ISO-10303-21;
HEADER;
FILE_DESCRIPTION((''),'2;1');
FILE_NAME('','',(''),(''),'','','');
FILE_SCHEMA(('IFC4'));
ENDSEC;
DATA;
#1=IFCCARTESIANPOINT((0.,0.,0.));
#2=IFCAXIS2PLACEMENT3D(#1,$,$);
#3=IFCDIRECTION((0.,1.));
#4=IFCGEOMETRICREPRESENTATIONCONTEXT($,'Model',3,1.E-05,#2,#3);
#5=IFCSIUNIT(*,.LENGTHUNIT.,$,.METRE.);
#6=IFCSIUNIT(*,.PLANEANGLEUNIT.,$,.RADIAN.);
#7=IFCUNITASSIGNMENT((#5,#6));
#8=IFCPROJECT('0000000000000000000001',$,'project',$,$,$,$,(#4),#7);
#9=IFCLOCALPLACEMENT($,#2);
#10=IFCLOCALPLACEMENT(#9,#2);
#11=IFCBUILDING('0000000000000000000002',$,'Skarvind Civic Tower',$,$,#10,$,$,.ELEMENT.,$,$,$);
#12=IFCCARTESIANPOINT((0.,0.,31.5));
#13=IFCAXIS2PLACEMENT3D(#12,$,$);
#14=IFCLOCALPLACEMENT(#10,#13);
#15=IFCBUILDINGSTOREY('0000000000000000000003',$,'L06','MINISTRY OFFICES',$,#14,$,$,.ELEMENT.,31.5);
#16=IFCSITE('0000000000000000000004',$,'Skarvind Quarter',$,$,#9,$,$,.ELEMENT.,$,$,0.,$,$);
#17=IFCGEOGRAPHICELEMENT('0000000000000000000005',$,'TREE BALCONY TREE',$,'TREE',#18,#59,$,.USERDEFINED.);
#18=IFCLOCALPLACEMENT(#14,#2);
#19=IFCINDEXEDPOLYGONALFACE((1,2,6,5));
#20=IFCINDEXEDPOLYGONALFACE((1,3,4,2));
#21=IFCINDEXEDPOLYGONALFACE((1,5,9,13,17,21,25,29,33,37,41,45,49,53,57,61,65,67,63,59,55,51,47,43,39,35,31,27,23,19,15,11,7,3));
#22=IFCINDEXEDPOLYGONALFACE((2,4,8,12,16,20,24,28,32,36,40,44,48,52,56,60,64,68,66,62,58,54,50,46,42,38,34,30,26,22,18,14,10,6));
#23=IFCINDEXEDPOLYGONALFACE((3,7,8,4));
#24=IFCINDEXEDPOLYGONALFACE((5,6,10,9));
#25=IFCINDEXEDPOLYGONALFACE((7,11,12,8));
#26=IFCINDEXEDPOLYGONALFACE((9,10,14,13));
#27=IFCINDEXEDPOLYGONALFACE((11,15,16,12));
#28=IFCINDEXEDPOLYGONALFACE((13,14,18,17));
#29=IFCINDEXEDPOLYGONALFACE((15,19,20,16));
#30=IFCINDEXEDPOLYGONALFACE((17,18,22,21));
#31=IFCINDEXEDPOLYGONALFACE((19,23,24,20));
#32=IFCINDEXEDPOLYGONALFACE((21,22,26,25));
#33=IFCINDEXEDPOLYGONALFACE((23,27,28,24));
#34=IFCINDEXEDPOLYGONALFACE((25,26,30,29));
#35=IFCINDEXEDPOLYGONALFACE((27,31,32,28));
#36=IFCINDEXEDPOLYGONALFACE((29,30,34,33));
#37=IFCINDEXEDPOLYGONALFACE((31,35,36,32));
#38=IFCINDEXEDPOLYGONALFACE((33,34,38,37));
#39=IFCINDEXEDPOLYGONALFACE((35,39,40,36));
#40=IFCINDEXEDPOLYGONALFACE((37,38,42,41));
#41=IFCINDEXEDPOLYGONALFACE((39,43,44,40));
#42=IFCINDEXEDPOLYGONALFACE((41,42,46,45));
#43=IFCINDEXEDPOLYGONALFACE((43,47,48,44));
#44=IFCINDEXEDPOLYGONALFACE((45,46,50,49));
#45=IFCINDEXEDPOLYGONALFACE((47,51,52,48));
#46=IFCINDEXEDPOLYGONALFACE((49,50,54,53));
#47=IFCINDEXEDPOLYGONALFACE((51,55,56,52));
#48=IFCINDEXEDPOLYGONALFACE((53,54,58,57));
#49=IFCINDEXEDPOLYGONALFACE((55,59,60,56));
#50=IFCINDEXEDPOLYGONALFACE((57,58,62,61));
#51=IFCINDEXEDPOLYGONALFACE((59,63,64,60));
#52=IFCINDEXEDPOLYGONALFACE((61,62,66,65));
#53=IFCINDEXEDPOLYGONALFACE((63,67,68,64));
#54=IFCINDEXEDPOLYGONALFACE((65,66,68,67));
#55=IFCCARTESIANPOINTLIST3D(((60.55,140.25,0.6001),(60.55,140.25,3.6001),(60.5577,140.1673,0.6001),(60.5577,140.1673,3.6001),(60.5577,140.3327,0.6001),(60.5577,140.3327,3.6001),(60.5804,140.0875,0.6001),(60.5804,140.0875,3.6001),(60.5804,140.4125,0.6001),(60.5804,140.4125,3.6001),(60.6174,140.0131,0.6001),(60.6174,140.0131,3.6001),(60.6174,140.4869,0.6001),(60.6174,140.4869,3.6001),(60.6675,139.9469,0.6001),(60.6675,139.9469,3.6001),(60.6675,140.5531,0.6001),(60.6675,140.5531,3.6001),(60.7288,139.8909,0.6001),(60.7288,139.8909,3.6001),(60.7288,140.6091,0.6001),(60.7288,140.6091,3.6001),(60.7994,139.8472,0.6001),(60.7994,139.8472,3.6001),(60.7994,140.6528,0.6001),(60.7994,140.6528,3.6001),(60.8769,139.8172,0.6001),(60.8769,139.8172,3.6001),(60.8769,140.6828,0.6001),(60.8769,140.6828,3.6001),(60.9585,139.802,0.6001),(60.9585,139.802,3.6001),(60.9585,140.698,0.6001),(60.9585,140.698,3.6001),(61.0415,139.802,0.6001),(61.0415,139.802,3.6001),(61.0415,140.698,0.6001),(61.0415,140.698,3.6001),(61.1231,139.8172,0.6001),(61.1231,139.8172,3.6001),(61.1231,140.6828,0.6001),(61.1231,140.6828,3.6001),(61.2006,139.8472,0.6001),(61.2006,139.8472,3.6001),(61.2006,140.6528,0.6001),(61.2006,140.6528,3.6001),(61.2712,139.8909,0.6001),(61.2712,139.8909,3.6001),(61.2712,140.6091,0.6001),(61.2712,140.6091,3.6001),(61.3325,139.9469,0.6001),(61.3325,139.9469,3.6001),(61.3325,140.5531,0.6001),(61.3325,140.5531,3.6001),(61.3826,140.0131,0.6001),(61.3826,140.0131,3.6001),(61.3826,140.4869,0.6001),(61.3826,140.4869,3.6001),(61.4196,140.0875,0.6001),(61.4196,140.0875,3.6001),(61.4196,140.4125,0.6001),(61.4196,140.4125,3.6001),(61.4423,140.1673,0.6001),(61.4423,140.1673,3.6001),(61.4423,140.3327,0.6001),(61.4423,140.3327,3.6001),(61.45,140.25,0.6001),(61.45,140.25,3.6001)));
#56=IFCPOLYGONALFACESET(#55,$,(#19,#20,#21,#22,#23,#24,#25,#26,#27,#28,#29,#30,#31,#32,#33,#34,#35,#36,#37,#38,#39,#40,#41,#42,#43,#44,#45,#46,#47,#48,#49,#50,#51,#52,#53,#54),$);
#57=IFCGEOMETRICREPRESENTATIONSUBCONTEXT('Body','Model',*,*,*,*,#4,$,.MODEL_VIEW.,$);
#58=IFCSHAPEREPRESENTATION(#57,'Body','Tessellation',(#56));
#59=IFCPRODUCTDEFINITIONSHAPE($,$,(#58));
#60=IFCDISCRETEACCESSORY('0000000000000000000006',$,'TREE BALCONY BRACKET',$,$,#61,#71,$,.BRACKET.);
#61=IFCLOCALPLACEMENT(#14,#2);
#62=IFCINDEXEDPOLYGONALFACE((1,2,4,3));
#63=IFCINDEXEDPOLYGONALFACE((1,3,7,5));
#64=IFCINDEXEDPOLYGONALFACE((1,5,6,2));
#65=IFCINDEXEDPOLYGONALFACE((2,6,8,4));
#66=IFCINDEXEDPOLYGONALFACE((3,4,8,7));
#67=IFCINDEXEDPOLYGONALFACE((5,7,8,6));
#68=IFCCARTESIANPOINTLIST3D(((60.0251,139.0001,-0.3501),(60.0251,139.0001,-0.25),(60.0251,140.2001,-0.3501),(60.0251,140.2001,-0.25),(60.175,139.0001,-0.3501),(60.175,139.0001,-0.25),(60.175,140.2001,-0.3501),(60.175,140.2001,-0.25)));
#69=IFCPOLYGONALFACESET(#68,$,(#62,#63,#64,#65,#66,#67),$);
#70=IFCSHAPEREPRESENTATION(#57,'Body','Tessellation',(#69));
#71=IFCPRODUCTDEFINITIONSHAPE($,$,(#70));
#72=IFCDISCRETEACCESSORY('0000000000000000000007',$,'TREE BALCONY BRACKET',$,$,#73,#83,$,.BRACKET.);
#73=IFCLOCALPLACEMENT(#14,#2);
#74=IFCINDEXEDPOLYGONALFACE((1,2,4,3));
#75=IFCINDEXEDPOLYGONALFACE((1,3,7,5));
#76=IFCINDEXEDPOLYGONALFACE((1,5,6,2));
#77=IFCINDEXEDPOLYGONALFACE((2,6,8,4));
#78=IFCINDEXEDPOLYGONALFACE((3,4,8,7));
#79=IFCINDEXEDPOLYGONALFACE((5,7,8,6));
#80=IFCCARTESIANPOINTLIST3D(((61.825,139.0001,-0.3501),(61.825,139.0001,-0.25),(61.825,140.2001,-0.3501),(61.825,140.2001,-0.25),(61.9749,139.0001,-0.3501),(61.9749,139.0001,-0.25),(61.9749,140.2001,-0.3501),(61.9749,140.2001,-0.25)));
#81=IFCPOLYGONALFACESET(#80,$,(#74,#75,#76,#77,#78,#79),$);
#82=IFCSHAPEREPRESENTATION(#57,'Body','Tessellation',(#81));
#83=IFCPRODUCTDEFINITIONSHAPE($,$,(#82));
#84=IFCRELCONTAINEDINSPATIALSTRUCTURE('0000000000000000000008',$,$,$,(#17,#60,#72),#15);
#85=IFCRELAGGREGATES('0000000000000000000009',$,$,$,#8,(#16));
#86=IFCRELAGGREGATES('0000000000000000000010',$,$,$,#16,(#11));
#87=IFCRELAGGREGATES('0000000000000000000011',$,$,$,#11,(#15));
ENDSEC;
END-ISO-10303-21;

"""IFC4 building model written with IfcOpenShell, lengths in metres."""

from ifc_helpers import new_model, si_unit, direction, frame, origin, origin_2d, place, context, subcontext, project, spatial, rectangle, circle, extrude, element, save


model = new_model("IFC4")

# Units and contexts
model_context = context("Model", 3, precision=1e-05, world=origin(), true_north=direction((0.0, 1.0)))
body_context = subcontext(model_context, "Body", "Model", "MODEL_VIEW")
ifc_project = project(units=[si_unit("LENGTHUNIT", "METRE"), si_unit("PLANEANGLEUNIT", "RADIAN")], contexts=[model_context])

# Site, building, storey
site_placement = place(None, origin())
site = spatial("IfcSite", under=ifc_project, at=site_placement, Name="Skarvind Quarter", CompositionType="ELEMENT", RefElevation=0.0)
building_placement = place(site_placement, origin())
building = spatial("IfcBuilding", under=site, at=building_placement, Name="Skarvind Civic Tower", CompositionType="ELEMENT")
storey_placement = place(building_placement, frame((0.0, 0.0, 31.5)))
storey = spatial("IfcBuildingStorey", under=building, at=storey_placement, Name="L06", Description="MINISTRY OFFICES", CompositionType="ELEMENT", Elevation=31.5)

# Geographic element
geographic_element_placement = place(storey_placement, frame((61.0, 140.25, 0.6001), z_axis=(0.0, 0.0, 1.0), x_axis=(1.0, 0.0, 0.0)))
element("IfcGeographicElement", 1, at=geographic_element_placement, inside=storey, Name="TREE BALCONY TREE", ObjectType="TREE", PredefinedType="USERDEFINED", context=body_context, shape_type="SweptSolid", body=[
    extrude(circle(Radius=0.45, at=origin_2d()), origin(), (0.0, 0.0, 1.0), 3.0),
])

# Discrete accessories
for number, where, z_axis, x_axis, name in (
    (2, (60.1001, 139.6001, -0.3501), (0.0, 0.0, 1.0), (1.0, 0.0, 0.0), "TREE BALCONY BRACKET"),
    (3, (61.8999, 139.6001, -0.3501), (0.0, 0.0, 1.0), (1.0, 0.0, 0.0), "TREE BALCONY BRACKET"),
):
    element("IfcDiscreteAccessory", number, at=place(storey_placement, frame(where, z_axis=z_axis, x_axis=x_axis)), inside=storey, Name=name, PredefinedType="BRACKET", context=body_context, shape_type="SweptSolid", body=[
        extrude(rectangle(XDim=0.1499, YDim=1.2, at=origin_2d()), origin(), (0.0, 0.0, 1.0), 0.1001),
    ])

save(model, "model.ifc")
